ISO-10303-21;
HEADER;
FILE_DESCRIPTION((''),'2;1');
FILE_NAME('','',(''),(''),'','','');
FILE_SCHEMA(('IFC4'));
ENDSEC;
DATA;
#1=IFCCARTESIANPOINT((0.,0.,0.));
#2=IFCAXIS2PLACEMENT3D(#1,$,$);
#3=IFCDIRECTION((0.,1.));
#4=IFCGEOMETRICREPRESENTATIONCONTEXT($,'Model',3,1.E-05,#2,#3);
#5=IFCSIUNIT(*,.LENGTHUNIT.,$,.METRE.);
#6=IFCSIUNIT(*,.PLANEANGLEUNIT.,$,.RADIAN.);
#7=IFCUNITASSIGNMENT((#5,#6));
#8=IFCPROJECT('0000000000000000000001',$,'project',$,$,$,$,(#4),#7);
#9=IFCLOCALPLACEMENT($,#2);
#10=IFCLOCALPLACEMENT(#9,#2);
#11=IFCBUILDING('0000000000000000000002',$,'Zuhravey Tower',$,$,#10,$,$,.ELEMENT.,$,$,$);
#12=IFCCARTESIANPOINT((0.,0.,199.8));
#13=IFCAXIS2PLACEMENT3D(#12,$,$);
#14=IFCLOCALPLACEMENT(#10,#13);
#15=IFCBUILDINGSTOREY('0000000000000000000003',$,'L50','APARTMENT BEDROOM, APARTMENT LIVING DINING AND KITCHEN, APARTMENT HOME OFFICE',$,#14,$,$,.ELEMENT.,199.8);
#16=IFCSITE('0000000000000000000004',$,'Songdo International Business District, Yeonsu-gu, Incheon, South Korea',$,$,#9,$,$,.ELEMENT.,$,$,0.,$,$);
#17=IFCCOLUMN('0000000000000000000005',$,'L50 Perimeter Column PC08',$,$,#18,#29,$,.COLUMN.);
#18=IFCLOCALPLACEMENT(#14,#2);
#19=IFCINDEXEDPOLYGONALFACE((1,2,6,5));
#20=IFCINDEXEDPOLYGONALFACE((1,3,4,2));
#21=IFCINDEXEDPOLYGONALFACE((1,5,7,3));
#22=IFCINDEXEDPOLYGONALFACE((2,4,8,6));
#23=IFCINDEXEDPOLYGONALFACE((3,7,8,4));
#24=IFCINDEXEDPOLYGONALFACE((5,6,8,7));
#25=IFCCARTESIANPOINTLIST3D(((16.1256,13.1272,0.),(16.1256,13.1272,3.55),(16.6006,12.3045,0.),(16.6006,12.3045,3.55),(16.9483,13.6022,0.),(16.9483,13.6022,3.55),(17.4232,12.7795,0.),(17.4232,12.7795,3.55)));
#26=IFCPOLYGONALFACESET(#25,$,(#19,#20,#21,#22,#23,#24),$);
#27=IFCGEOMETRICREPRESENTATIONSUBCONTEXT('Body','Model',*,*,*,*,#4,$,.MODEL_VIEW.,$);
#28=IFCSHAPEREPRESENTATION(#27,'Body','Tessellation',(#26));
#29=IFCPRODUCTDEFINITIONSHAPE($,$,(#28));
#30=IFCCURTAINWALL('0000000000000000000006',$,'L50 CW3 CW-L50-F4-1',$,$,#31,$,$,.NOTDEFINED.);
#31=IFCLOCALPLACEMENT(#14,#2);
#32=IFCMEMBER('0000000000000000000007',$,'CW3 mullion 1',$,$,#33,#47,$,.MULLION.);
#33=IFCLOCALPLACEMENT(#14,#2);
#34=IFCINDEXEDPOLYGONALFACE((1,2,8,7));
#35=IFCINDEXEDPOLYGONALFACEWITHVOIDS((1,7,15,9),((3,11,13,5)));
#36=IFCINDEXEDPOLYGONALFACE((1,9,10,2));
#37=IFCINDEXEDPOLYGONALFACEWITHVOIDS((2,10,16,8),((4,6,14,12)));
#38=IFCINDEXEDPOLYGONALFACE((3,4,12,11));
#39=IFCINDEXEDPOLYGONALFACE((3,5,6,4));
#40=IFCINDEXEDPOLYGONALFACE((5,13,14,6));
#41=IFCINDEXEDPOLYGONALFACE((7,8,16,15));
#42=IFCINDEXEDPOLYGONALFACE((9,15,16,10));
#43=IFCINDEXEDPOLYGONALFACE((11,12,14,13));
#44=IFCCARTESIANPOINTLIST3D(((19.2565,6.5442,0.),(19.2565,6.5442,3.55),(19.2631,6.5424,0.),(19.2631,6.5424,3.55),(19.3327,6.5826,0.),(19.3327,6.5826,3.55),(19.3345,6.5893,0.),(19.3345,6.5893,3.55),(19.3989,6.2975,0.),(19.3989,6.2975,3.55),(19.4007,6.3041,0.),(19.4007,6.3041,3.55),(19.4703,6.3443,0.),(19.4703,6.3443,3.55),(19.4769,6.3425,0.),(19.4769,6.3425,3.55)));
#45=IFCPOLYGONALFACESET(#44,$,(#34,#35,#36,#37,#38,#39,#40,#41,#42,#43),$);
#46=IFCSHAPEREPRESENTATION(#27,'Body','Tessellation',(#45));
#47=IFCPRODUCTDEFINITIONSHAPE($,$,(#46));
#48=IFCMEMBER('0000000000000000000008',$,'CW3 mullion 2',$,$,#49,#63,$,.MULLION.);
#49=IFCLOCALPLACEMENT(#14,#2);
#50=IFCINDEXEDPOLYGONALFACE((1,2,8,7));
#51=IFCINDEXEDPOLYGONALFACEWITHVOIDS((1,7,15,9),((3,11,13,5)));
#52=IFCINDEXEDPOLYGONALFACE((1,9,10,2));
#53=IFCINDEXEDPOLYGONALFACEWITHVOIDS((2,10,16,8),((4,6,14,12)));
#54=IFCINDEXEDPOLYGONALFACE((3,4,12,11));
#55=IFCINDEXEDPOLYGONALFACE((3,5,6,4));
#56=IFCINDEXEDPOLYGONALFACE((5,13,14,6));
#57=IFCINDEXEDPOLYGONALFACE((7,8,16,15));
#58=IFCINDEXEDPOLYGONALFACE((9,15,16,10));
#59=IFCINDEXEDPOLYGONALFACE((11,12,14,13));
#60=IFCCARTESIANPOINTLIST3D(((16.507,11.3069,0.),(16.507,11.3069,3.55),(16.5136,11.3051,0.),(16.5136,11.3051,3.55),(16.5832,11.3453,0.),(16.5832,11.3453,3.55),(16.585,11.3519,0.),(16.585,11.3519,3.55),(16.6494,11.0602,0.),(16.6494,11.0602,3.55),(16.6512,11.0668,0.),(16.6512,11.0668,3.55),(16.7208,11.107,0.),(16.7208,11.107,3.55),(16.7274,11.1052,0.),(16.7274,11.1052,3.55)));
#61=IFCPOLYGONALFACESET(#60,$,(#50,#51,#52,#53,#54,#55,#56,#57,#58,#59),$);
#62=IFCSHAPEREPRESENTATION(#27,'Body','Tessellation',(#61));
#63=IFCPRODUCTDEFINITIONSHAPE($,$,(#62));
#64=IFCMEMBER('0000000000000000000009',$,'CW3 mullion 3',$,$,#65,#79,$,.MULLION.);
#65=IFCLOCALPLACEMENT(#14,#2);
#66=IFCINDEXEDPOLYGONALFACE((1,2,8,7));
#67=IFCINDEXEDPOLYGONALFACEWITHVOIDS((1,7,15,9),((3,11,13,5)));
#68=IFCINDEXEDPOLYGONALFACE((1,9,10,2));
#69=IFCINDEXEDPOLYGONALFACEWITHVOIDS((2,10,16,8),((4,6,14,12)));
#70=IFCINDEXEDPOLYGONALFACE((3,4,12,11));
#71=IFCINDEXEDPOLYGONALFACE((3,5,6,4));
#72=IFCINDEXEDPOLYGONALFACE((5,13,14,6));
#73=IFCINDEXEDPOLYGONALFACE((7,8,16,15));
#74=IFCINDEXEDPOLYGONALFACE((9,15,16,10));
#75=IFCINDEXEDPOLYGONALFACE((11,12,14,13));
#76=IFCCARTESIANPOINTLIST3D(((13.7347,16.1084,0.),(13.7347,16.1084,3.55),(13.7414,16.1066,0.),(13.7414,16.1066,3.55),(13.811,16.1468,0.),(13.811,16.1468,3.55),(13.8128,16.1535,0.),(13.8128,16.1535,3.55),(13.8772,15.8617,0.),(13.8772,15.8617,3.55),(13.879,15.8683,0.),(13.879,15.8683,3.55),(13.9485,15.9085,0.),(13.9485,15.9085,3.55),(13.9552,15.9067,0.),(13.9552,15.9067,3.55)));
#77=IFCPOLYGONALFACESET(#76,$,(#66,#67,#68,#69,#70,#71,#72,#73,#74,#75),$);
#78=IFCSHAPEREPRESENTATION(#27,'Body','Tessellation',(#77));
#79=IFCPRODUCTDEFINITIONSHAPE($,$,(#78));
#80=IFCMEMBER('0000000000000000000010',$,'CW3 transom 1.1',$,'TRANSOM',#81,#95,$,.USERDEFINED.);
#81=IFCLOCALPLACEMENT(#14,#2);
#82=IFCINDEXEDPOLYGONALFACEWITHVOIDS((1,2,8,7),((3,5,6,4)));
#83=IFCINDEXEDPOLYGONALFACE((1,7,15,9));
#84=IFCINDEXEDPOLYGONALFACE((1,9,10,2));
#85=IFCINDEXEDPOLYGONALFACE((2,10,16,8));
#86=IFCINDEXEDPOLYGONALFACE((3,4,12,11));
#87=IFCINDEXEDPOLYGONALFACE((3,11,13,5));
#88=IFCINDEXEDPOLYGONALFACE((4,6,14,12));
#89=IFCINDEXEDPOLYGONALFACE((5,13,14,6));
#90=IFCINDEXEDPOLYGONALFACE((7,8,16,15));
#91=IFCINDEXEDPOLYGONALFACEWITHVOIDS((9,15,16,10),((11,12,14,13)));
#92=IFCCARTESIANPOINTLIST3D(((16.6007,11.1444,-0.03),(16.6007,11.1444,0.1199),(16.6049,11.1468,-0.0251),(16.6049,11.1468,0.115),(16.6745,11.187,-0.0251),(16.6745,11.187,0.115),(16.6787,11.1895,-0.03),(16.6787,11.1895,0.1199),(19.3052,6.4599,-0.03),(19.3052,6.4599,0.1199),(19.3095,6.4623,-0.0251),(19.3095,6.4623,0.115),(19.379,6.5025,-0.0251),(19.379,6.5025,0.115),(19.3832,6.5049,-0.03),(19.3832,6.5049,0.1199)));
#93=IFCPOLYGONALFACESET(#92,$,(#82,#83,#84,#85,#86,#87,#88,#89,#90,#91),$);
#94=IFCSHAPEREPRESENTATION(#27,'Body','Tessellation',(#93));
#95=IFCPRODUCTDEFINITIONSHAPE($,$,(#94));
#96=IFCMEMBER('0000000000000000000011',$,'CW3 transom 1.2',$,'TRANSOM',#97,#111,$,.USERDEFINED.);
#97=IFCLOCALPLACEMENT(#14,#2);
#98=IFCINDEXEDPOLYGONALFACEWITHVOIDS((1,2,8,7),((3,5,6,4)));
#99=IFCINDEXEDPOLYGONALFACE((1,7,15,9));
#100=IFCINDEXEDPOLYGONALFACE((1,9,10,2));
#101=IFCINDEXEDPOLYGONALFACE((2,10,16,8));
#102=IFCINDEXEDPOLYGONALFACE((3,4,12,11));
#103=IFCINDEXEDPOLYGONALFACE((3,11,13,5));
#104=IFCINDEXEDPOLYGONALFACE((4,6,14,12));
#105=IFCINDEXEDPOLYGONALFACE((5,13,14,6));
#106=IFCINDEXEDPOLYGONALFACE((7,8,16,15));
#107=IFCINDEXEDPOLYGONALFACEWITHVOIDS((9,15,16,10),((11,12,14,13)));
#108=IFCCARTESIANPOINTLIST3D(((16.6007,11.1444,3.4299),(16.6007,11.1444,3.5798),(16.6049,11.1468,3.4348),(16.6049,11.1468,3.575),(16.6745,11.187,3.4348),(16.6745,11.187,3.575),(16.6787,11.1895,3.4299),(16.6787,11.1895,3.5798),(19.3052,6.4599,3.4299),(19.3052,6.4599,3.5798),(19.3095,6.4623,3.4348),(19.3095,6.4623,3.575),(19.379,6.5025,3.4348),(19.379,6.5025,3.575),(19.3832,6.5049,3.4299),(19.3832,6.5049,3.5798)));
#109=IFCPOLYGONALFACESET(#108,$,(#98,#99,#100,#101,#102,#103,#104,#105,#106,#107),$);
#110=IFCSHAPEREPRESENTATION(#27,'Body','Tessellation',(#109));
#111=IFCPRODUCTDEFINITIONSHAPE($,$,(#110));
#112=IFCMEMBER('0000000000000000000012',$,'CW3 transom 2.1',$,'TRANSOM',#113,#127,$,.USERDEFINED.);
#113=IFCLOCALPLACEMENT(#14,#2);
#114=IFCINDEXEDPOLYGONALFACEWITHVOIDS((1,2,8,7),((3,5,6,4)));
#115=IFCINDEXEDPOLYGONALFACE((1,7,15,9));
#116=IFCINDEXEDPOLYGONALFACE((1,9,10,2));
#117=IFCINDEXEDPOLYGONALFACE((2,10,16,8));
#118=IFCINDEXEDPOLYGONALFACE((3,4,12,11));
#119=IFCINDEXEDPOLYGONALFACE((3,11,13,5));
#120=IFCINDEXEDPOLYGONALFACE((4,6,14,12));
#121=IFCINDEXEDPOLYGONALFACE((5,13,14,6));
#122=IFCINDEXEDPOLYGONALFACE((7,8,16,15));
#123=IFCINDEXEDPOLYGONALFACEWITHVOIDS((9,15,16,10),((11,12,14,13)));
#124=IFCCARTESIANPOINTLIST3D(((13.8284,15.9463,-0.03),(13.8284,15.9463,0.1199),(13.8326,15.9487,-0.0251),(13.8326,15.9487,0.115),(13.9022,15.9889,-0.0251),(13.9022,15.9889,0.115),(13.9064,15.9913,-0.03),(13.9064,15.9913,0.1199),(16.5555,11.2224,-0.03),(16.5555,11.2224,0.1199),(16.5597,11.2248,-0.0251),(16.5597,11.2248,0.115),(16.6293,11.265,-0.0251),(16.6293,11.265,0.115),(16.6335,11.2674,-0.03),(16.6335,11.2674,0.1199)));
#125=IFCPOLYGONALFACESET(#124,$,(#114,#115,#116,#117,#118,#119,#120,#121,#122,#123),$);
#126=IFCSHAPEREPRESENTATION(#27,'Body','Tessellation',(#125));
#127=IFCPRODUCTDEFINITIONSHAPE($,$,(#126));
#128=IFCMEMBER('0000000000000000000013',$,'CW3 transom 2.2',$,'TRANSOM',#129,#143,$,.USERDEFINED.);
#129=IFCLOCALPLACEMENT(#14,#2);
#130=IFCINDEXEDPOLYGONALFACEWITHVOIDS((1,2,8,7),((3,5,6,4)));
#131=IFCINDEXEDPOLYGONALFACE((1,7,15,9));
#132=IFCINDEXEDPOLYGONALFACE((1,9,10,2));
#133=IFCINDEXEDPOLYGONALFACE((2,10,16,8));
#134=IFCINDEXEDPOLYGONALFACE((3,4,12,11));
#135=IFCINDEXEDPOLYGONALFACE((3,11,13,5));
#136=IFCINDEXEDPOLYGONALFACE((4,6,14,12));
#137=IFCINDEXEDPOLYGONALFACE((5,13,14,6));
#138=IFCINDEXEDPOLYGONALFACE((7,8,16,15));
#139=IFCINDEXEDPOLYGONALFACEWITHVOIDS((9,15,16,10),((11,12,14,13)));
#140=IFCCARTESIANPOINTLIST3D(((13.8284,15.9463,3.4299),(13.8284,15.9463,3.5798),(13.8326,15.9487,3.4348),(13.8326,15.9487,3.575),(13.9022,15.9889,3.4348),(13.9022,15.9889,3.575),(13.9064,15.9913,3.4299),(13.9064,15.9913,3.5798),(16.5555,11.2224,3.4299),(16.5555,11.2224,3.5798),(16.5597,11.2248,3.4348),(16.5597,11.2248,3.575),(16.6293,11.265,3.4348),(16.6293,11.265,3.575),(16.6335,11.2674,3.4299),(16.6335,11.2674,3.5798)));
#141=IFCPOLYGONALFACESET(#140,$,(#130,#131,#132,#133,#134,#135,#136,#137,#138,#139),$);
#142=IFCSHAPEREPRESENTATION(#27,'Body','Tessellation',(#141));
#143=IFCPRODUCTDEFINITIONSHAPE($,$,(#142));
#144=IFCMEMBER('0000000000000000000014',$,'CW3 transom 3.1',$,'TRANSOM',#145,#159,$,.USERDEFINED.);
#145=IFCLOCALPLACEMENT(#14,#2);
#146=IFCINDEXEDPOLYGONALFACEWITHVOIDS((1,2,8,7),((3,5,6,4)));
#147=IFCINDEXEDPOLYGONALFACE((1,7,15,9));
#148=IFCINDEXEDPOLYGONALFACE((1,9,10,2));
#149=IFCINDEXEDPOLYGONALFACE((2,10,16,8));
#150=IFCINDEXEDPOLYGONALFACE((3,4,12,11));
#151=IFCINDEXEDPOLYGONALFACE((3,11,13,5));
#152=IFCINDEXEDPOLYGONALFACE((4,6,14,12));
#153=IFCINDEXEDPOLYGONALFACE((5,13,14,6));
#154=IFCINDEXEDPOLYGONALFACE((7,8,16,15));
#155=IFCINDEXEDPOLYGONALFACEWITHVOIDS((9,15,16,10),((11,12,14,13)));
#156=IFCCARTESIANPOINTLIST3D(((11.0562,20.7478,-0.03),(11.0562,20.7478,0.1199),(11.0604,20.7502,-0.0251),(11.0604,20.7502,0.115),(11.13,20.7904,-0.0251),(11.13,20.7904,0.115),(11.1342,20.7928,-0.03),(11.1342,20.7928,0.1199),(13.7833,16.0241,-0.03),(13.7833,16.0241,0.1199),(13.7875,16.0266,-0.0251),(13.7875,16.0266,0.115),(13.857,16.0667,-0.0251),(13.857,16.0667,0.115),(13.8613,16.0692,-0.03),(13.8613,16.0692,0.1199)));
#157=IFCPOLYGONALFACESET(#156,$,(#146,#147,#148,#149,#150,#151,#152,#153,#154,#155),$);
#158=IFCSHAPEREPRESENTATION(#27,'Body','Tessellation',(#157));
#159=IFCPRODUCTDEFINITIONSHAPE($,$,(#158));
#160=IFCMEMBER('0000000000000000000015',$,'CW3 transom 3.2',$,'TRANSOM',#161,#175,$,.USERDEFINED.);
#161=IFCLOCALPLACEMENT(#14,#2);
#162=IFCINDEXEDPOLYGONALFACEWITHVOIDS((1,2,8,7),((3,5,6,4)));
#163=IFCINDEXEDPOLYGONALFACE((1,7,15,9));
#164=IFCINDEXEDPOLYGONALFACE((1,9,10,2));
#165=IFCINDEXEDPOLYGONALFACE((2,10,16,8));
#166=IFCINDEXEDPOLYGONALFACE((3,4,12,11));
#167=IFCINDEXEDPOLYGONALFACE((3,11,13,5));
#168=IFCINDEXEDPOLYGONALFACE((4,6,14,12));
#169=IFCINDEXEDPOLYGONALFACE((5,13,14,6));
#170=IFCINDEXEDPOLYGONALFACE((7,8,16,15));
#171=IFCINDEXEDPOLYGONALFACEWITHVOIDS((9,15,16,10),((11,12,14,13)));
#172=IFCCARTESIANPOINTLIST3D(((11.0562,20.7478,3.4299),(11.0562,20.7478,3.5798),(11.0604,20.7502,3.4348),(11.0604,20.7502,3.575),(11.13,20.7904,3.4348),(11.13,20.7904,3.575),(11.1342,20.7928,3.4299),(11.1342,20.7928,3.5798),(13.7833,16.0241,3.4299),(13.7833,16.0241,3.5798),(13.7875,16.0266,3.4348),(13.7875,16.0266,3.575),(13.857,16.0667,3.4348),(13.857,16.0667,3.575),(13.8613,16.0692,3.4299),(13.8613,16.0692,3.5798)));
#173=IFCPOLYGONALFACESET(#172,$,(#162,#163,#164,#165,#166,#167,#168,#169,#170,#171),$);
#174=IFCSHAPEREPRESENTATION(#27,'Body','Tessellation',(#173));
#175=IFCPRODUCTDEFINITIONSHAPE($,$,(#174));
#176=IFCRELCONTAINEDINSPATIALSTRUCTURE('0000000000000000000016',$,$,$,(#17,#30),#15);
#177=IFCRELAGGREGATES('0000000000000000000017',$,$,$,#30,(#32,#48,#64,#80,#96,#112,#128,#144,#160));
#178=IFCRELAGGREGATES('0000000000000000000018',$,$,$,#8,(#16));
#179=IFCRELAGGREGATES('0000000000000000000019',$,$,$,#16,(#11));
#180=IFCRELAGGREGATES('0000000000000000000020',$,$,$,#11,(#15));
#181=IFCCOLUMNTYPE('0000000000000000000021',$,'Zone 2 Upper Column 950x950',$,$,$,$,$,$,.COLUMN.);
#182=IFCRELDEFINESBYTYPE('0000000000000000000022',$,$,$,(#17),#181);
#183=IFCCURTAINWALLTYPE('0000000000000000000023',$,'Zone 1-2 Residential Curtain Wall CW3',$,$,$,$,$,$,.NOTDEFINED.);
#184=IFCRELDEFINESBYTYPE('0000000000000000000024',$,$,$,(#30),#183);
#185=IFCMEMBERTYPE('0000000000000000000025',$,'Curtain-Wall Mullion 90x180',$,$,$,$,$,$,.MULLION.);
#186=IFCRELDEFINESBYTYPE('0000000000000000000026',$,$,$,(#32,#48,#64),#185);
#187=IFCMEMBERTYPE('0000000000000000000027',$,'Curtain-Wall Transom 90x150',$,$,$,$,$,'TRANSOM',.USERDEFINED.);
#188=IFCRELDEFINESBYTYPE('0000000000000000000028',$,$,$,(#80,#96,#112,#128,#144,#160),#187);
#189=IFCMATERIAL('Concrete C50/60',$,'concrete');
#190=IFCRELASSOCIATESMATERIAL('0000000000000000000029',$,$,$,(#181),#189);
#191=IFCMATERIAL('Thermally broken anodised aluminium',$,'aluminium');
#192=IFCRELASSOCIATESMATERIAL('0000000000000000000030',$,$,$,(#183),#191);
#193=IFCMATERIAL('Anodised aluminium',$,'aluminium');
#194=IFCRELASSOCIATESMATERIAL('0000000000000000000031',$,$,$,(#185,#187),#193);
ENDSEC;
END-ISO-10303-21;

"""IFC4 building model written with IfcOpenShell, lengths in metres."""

from ifc_helpers import new_model, si_unit, direction, frame, origin, origin_2d, place, context, subcontext, project, spatial, rectangle, hollow_rectangle, extrude, material, material_profile, profile_set, type_object, element, aggregate, save


model = new_model("IFC4")

# Units and contexts
model_context = context("Model", 3, precision=1e-05, world=origin(), true_north=direction((0.0, 1.0)))
body_context = subcontext(model_context, "Body", "Model", "MODEL_VIEW")
ifc_project = project(units=[si_unit("LENGTHUNIT", "METRE"), si_unit("PLANEANGLEUNIT", "RADIAN")], contexts=[model_context])

# Site, building, storey
site_placement = place(None, origin())
site = spatial("IfcSite", under=ifc_project, at=site_placement, Name="Songdo International Business District, Yeonsu-gu, Incheon, South Korea", CompositionType="ELEMENT", RefElevation=0.0)
building_placement = place(site_placement, origin())
building = spatial("IfcBuilding", under=site, at=building_placement, Name="Zuhravey Tower", CompositionType="ELEMENT")
storey_placement = place(building_placement, frame((0.0, 0.0, 199.8)))
storey = spatial("IfcBuildingStorey", under=building, at=storey_placement, Name="L50", Description="APARTMENT BEDROOM, APARTMENT LIVING DINING AND KITCHEN, APARTMENT HOME OFFICE", CompositionType="ELEMENT", Elevation=199.8)

# Column
ifc_material_1 = material(Name="Concrete C50/60", Category="concrete")
ifc_material_profile_1 = material_profile(ifc_material_1, rectangle(XDim=0.95, YDim=0.95, at=origin_2d()), Name="RC-950x950")
ifc_profile_set_1 = profile_set([ifc_material_profile_1], Name="Concrete C50/60")
column_type = type_object("IfcColumnType", Name="Zone 2 Upper Column 950x950", PredefinedType="COLUMN", material=ifc_profile_set_1)
column_placement = place(storey_placement, frame((16.7744, 12.9534, 0.0), z_axis=(0.0, 0.0, 1.0), x_axis=(0.5, -0.866025, 0.0)))
element("IfcColumn", 1, at=column_placement, inside=storey, type_object=column_type, Name="L50 Perimeter Column PC08", PredefinedType="COLUMN", context=body_context, shape_type="SweptSolid", body=[
    extrude(rectangle(XDim=0.95, YDim=0.95, at=origin_2d()), origin(), (0.0, 0.0, 1.0), 3.55),
])

# Curtain wall, members
ifc_material_2 = material(Name="Thermally broken anodised aluminium", Category="aluminium")
curtain_wall_type = type_object("IfcCurtainWallType", Name="Zone 1-2 Residential Curtain Wall CW3", PredefinedType="NOTDEFINED", material=ifc_material_2)
curtain_wall_placement = place(storey_placement, origin())
curtain_wall = element("IfcCurtainWall", 2, at=curtain_wall_placement, inside=storey, type_object=curtain_wall_type, Name="L50 CW3 CW-L50-F4-1", PredefinedType="NOTDEFINED")
ifc_material_3 = material(Name="Anodised aluminium", Category="aluminium")
ifc_material_profile_2 = material_profile(ifc_material_3, hollow_rectangle(XDim=0.0901, YDim=0.2849, WallThickness=0.0049, at=origin_2d()), Name="ALU-RHS-90x285x5")
ifc_profile_set_2 = profile_set([ifc_material_profile_2], Name="Anodised aluminium")
member_type_1 = type_object("IfcMemberType", Name="Curtain-Wall Mullion 90x180", PredefinedType="MULLION", material=ifc_profile_set_2)
member_1_placement = place(storey_placement, frame((19.3667, 6.4434, 0.0), z_axis=(0.0, 0.0, 1.0), x_axis=(-0.866025, -0.5, 0.0)))
member_1 = element("IfcMember", 3, at=member_1_placement, type_object=member_type_1, Name="CW3 mullion 1", PredefinedType="MULLION", context=body_context, shape_type="SweptSolid", body=[
    extrude(hollow_rectangle(XDim=0.0901, YDim=0.2849, WallThickness=0.0049, at=origin_2d()), origin(), (0.0, 0.0, 1.0), 3.55),
])
member_2_placement = place(storey_placement, frame((16.6172, 11.2061, 0.0), z_axis=(0.0, 0.0, 1.0), x_axis=(-0.866025, -0.5, 0.0)))
member_2 = element("IfcMember", 4, at=member_2_placement, type_object=member_type_1, Name="CW3 mullion 2", PredefinedType="MULLION", context=body_context, shape_type="SweptSolid", body=[
    extrude(hollow_rectangle(XDim=0.0901, YDim=0.2849, WallThickness=0.0049, at=origin_2d()), origin(), (0.0, 0.0, 1.0), 3.55),
])
member_3_placement = place(storey_placement, frame((13.845, 16.0076, 0.0), z_axis=(0.0, 0.0, 1.0), x_axis=(-0.866025, -0.5, 0.0)))
member_3 = element("IfcMember", 5, at=member_3_placement, type_object=member_type_1, Name="CW3 mullion 3", PredefinedType="MULLION", context=body_context, shape_type="SweptSolid", body=[
    extrude(hollow_rectangle(XDim=0.0901, YDim=0.2849, WallThickness=0.0049, at=origin_2d()), origin(), (0.0, 0.0, 1.0), 3.55),
])
ifc_material_profile_3 = material_profile(ifc_material_3, hollow_rectangle(XDim=0.0901, YDim=0.1499, WallThickness=0.0049, at=origin_2d()), Name="ALU-RHS-90x150x5")
ifc_profile_set_3 = profile_set([ifc_material_profile_3], Name="Anodised aluminium")
member_type_2 = type_object("IfcMemberType", Name="Curtain-Wall Transom 90x150", ElementType="TRANSOM", PredefinedType="USERDEFINED", material=ifc_profile_set_3)
member_4_placement = place(storey_placement, frame((19.3442, 6.4824, 0.0449), z_axis=(-0.499993, 0.866029, 0.0), x_axis=(-0.866029, -0.499993, 0.0)))
member_4 = element("IfcMember", 6, at=member_4_placement, type_object=member_type_2, Name="CW3 transom 1.1", ObjectType="TRANSOM", PredefinedType="USERDEFINED", context=body_context, shape_type="SweptSolid", body=[
    extrude(hollow_rectangle(XDim=0.0901, YDim=0.1499, WallThickness=0.0049, at=origin_2d()), origin(), (0.0, 0.0, 1.0), 5.4092),
])
member_5_placement = place(storey_placement, frame((19.3442, 6.4824, 3.5049), z_axis=(-0.499993, 0.866029, 0.0), x_axis=(-0.866029, -0.499993, 0.0)))
member_5 = element("IfcMember", 7, at=member_5_placement, type_object=member_type_2, Name="CW3 transom 1.2", ObjectType="TRANSOM", PredefinedType="USERDEFINED", context=body_context, shape_type="SweptSolid", body=[
    extrude(hollow_rectangle(XDim=0.0901, YDim=0.1499, WallThickness=0.0049, at=origin_2d()), origin(), (0.0, 0.0, 1.0), 5.4092),
])
member_6_placement = place(storey_placement, frame((16.5945, 11.2449, 0.0449), z_axis=(-0.499961, 0.866048, 0.0), x_axis=(-0.866048, -0.499961, 0.0)))
member_6 = element("IfcMember", 8, at=member_6_placement, type_object=member_type_2, Name="CW3 transom 2.1", ObjectType="TRANSOM", PredefinedType="USERDEFINED", context=body_context, shape_type="SweptSolid", body=[
    extrude(hollow_rectangle(XDim=0.0901, YDim=0.1499, WallThickness=0.0049, at=origin_2d()), origin(), (0.0, 0.0, 1.0), 5.4546),
])
member_7_placement = place(storey_placement, frame((16.5945, 11.2449, 3.5049), z_axis=(-0.499961, 0.866048, 0.0), x_axis=(-0.866048, -0.499961, 0.0)))
member_7 = element("IfcMember", 9, at=member_7_placement, type_object=member_type_2, Name="CW3 transom 2.2", ObjectType="TRANSOM", PredefinedType="USERDEFINED", context=body_context, shape_type="SweptSolid", body=[
    extrude(hollow_rectangle(XDim=0.0901, YDim=0.1499, WallThickness=0.0049, at=origin_2d()), origin(), (0.0, 0.0, 1.0), 5.4546),
])
member_8_placement = place(storey_placement, frame((13.8223, 16.0466, 0.0449), z_axis=(-0.499981, 0.866037, 0.0), x_axis=(-0.866037, -0.499981, 0.0)))
member_8 = element("IfcMember", 10, at=member_8_placement, type_object=member_type_2, Name="CW3 transom 3.1", ObjectType="TRANSOM", PredefinedType="USERDEFINED", context=body_context, shape_type="SweptSolid", body=[
    extrude(hollow_rectangle(XDim=0.0901, YDim=0.1499, WallThickness=0.0049, at=origin_2d()), origin(), (0.0, 0.0, 1.0), 5.4543),
])
member_9_placement = place(storey_placement, frame((13.8223, 16.0466, 3.5049), z_axis=(-0.499981, 0.866037, 0.0), x_axis=(-0.866037, -0.499981, 0.0)))
member_9 = element("IfcMember", 11, at=member_9_placement, type_object=member_type_2, Name="CW3 transom 3.2", ObjectType="TRANSOM", PredefinedType="USERDEFINED", context=body_context, shape_type="SweptSolid", body=[
    extrude(hollow_rectangle(XDim=0.0901, YDim=0.1499, WallThickness=0.0049, at=origin_2d()), origin(), (0.0, 0.0, 1.0), 5.4543),
])

aggregate(curtain_wall, [member_1, member_2, member_3, member_4, member_5, member_6, member_7, member_8, member_9])

save(model, "model.ifc")
